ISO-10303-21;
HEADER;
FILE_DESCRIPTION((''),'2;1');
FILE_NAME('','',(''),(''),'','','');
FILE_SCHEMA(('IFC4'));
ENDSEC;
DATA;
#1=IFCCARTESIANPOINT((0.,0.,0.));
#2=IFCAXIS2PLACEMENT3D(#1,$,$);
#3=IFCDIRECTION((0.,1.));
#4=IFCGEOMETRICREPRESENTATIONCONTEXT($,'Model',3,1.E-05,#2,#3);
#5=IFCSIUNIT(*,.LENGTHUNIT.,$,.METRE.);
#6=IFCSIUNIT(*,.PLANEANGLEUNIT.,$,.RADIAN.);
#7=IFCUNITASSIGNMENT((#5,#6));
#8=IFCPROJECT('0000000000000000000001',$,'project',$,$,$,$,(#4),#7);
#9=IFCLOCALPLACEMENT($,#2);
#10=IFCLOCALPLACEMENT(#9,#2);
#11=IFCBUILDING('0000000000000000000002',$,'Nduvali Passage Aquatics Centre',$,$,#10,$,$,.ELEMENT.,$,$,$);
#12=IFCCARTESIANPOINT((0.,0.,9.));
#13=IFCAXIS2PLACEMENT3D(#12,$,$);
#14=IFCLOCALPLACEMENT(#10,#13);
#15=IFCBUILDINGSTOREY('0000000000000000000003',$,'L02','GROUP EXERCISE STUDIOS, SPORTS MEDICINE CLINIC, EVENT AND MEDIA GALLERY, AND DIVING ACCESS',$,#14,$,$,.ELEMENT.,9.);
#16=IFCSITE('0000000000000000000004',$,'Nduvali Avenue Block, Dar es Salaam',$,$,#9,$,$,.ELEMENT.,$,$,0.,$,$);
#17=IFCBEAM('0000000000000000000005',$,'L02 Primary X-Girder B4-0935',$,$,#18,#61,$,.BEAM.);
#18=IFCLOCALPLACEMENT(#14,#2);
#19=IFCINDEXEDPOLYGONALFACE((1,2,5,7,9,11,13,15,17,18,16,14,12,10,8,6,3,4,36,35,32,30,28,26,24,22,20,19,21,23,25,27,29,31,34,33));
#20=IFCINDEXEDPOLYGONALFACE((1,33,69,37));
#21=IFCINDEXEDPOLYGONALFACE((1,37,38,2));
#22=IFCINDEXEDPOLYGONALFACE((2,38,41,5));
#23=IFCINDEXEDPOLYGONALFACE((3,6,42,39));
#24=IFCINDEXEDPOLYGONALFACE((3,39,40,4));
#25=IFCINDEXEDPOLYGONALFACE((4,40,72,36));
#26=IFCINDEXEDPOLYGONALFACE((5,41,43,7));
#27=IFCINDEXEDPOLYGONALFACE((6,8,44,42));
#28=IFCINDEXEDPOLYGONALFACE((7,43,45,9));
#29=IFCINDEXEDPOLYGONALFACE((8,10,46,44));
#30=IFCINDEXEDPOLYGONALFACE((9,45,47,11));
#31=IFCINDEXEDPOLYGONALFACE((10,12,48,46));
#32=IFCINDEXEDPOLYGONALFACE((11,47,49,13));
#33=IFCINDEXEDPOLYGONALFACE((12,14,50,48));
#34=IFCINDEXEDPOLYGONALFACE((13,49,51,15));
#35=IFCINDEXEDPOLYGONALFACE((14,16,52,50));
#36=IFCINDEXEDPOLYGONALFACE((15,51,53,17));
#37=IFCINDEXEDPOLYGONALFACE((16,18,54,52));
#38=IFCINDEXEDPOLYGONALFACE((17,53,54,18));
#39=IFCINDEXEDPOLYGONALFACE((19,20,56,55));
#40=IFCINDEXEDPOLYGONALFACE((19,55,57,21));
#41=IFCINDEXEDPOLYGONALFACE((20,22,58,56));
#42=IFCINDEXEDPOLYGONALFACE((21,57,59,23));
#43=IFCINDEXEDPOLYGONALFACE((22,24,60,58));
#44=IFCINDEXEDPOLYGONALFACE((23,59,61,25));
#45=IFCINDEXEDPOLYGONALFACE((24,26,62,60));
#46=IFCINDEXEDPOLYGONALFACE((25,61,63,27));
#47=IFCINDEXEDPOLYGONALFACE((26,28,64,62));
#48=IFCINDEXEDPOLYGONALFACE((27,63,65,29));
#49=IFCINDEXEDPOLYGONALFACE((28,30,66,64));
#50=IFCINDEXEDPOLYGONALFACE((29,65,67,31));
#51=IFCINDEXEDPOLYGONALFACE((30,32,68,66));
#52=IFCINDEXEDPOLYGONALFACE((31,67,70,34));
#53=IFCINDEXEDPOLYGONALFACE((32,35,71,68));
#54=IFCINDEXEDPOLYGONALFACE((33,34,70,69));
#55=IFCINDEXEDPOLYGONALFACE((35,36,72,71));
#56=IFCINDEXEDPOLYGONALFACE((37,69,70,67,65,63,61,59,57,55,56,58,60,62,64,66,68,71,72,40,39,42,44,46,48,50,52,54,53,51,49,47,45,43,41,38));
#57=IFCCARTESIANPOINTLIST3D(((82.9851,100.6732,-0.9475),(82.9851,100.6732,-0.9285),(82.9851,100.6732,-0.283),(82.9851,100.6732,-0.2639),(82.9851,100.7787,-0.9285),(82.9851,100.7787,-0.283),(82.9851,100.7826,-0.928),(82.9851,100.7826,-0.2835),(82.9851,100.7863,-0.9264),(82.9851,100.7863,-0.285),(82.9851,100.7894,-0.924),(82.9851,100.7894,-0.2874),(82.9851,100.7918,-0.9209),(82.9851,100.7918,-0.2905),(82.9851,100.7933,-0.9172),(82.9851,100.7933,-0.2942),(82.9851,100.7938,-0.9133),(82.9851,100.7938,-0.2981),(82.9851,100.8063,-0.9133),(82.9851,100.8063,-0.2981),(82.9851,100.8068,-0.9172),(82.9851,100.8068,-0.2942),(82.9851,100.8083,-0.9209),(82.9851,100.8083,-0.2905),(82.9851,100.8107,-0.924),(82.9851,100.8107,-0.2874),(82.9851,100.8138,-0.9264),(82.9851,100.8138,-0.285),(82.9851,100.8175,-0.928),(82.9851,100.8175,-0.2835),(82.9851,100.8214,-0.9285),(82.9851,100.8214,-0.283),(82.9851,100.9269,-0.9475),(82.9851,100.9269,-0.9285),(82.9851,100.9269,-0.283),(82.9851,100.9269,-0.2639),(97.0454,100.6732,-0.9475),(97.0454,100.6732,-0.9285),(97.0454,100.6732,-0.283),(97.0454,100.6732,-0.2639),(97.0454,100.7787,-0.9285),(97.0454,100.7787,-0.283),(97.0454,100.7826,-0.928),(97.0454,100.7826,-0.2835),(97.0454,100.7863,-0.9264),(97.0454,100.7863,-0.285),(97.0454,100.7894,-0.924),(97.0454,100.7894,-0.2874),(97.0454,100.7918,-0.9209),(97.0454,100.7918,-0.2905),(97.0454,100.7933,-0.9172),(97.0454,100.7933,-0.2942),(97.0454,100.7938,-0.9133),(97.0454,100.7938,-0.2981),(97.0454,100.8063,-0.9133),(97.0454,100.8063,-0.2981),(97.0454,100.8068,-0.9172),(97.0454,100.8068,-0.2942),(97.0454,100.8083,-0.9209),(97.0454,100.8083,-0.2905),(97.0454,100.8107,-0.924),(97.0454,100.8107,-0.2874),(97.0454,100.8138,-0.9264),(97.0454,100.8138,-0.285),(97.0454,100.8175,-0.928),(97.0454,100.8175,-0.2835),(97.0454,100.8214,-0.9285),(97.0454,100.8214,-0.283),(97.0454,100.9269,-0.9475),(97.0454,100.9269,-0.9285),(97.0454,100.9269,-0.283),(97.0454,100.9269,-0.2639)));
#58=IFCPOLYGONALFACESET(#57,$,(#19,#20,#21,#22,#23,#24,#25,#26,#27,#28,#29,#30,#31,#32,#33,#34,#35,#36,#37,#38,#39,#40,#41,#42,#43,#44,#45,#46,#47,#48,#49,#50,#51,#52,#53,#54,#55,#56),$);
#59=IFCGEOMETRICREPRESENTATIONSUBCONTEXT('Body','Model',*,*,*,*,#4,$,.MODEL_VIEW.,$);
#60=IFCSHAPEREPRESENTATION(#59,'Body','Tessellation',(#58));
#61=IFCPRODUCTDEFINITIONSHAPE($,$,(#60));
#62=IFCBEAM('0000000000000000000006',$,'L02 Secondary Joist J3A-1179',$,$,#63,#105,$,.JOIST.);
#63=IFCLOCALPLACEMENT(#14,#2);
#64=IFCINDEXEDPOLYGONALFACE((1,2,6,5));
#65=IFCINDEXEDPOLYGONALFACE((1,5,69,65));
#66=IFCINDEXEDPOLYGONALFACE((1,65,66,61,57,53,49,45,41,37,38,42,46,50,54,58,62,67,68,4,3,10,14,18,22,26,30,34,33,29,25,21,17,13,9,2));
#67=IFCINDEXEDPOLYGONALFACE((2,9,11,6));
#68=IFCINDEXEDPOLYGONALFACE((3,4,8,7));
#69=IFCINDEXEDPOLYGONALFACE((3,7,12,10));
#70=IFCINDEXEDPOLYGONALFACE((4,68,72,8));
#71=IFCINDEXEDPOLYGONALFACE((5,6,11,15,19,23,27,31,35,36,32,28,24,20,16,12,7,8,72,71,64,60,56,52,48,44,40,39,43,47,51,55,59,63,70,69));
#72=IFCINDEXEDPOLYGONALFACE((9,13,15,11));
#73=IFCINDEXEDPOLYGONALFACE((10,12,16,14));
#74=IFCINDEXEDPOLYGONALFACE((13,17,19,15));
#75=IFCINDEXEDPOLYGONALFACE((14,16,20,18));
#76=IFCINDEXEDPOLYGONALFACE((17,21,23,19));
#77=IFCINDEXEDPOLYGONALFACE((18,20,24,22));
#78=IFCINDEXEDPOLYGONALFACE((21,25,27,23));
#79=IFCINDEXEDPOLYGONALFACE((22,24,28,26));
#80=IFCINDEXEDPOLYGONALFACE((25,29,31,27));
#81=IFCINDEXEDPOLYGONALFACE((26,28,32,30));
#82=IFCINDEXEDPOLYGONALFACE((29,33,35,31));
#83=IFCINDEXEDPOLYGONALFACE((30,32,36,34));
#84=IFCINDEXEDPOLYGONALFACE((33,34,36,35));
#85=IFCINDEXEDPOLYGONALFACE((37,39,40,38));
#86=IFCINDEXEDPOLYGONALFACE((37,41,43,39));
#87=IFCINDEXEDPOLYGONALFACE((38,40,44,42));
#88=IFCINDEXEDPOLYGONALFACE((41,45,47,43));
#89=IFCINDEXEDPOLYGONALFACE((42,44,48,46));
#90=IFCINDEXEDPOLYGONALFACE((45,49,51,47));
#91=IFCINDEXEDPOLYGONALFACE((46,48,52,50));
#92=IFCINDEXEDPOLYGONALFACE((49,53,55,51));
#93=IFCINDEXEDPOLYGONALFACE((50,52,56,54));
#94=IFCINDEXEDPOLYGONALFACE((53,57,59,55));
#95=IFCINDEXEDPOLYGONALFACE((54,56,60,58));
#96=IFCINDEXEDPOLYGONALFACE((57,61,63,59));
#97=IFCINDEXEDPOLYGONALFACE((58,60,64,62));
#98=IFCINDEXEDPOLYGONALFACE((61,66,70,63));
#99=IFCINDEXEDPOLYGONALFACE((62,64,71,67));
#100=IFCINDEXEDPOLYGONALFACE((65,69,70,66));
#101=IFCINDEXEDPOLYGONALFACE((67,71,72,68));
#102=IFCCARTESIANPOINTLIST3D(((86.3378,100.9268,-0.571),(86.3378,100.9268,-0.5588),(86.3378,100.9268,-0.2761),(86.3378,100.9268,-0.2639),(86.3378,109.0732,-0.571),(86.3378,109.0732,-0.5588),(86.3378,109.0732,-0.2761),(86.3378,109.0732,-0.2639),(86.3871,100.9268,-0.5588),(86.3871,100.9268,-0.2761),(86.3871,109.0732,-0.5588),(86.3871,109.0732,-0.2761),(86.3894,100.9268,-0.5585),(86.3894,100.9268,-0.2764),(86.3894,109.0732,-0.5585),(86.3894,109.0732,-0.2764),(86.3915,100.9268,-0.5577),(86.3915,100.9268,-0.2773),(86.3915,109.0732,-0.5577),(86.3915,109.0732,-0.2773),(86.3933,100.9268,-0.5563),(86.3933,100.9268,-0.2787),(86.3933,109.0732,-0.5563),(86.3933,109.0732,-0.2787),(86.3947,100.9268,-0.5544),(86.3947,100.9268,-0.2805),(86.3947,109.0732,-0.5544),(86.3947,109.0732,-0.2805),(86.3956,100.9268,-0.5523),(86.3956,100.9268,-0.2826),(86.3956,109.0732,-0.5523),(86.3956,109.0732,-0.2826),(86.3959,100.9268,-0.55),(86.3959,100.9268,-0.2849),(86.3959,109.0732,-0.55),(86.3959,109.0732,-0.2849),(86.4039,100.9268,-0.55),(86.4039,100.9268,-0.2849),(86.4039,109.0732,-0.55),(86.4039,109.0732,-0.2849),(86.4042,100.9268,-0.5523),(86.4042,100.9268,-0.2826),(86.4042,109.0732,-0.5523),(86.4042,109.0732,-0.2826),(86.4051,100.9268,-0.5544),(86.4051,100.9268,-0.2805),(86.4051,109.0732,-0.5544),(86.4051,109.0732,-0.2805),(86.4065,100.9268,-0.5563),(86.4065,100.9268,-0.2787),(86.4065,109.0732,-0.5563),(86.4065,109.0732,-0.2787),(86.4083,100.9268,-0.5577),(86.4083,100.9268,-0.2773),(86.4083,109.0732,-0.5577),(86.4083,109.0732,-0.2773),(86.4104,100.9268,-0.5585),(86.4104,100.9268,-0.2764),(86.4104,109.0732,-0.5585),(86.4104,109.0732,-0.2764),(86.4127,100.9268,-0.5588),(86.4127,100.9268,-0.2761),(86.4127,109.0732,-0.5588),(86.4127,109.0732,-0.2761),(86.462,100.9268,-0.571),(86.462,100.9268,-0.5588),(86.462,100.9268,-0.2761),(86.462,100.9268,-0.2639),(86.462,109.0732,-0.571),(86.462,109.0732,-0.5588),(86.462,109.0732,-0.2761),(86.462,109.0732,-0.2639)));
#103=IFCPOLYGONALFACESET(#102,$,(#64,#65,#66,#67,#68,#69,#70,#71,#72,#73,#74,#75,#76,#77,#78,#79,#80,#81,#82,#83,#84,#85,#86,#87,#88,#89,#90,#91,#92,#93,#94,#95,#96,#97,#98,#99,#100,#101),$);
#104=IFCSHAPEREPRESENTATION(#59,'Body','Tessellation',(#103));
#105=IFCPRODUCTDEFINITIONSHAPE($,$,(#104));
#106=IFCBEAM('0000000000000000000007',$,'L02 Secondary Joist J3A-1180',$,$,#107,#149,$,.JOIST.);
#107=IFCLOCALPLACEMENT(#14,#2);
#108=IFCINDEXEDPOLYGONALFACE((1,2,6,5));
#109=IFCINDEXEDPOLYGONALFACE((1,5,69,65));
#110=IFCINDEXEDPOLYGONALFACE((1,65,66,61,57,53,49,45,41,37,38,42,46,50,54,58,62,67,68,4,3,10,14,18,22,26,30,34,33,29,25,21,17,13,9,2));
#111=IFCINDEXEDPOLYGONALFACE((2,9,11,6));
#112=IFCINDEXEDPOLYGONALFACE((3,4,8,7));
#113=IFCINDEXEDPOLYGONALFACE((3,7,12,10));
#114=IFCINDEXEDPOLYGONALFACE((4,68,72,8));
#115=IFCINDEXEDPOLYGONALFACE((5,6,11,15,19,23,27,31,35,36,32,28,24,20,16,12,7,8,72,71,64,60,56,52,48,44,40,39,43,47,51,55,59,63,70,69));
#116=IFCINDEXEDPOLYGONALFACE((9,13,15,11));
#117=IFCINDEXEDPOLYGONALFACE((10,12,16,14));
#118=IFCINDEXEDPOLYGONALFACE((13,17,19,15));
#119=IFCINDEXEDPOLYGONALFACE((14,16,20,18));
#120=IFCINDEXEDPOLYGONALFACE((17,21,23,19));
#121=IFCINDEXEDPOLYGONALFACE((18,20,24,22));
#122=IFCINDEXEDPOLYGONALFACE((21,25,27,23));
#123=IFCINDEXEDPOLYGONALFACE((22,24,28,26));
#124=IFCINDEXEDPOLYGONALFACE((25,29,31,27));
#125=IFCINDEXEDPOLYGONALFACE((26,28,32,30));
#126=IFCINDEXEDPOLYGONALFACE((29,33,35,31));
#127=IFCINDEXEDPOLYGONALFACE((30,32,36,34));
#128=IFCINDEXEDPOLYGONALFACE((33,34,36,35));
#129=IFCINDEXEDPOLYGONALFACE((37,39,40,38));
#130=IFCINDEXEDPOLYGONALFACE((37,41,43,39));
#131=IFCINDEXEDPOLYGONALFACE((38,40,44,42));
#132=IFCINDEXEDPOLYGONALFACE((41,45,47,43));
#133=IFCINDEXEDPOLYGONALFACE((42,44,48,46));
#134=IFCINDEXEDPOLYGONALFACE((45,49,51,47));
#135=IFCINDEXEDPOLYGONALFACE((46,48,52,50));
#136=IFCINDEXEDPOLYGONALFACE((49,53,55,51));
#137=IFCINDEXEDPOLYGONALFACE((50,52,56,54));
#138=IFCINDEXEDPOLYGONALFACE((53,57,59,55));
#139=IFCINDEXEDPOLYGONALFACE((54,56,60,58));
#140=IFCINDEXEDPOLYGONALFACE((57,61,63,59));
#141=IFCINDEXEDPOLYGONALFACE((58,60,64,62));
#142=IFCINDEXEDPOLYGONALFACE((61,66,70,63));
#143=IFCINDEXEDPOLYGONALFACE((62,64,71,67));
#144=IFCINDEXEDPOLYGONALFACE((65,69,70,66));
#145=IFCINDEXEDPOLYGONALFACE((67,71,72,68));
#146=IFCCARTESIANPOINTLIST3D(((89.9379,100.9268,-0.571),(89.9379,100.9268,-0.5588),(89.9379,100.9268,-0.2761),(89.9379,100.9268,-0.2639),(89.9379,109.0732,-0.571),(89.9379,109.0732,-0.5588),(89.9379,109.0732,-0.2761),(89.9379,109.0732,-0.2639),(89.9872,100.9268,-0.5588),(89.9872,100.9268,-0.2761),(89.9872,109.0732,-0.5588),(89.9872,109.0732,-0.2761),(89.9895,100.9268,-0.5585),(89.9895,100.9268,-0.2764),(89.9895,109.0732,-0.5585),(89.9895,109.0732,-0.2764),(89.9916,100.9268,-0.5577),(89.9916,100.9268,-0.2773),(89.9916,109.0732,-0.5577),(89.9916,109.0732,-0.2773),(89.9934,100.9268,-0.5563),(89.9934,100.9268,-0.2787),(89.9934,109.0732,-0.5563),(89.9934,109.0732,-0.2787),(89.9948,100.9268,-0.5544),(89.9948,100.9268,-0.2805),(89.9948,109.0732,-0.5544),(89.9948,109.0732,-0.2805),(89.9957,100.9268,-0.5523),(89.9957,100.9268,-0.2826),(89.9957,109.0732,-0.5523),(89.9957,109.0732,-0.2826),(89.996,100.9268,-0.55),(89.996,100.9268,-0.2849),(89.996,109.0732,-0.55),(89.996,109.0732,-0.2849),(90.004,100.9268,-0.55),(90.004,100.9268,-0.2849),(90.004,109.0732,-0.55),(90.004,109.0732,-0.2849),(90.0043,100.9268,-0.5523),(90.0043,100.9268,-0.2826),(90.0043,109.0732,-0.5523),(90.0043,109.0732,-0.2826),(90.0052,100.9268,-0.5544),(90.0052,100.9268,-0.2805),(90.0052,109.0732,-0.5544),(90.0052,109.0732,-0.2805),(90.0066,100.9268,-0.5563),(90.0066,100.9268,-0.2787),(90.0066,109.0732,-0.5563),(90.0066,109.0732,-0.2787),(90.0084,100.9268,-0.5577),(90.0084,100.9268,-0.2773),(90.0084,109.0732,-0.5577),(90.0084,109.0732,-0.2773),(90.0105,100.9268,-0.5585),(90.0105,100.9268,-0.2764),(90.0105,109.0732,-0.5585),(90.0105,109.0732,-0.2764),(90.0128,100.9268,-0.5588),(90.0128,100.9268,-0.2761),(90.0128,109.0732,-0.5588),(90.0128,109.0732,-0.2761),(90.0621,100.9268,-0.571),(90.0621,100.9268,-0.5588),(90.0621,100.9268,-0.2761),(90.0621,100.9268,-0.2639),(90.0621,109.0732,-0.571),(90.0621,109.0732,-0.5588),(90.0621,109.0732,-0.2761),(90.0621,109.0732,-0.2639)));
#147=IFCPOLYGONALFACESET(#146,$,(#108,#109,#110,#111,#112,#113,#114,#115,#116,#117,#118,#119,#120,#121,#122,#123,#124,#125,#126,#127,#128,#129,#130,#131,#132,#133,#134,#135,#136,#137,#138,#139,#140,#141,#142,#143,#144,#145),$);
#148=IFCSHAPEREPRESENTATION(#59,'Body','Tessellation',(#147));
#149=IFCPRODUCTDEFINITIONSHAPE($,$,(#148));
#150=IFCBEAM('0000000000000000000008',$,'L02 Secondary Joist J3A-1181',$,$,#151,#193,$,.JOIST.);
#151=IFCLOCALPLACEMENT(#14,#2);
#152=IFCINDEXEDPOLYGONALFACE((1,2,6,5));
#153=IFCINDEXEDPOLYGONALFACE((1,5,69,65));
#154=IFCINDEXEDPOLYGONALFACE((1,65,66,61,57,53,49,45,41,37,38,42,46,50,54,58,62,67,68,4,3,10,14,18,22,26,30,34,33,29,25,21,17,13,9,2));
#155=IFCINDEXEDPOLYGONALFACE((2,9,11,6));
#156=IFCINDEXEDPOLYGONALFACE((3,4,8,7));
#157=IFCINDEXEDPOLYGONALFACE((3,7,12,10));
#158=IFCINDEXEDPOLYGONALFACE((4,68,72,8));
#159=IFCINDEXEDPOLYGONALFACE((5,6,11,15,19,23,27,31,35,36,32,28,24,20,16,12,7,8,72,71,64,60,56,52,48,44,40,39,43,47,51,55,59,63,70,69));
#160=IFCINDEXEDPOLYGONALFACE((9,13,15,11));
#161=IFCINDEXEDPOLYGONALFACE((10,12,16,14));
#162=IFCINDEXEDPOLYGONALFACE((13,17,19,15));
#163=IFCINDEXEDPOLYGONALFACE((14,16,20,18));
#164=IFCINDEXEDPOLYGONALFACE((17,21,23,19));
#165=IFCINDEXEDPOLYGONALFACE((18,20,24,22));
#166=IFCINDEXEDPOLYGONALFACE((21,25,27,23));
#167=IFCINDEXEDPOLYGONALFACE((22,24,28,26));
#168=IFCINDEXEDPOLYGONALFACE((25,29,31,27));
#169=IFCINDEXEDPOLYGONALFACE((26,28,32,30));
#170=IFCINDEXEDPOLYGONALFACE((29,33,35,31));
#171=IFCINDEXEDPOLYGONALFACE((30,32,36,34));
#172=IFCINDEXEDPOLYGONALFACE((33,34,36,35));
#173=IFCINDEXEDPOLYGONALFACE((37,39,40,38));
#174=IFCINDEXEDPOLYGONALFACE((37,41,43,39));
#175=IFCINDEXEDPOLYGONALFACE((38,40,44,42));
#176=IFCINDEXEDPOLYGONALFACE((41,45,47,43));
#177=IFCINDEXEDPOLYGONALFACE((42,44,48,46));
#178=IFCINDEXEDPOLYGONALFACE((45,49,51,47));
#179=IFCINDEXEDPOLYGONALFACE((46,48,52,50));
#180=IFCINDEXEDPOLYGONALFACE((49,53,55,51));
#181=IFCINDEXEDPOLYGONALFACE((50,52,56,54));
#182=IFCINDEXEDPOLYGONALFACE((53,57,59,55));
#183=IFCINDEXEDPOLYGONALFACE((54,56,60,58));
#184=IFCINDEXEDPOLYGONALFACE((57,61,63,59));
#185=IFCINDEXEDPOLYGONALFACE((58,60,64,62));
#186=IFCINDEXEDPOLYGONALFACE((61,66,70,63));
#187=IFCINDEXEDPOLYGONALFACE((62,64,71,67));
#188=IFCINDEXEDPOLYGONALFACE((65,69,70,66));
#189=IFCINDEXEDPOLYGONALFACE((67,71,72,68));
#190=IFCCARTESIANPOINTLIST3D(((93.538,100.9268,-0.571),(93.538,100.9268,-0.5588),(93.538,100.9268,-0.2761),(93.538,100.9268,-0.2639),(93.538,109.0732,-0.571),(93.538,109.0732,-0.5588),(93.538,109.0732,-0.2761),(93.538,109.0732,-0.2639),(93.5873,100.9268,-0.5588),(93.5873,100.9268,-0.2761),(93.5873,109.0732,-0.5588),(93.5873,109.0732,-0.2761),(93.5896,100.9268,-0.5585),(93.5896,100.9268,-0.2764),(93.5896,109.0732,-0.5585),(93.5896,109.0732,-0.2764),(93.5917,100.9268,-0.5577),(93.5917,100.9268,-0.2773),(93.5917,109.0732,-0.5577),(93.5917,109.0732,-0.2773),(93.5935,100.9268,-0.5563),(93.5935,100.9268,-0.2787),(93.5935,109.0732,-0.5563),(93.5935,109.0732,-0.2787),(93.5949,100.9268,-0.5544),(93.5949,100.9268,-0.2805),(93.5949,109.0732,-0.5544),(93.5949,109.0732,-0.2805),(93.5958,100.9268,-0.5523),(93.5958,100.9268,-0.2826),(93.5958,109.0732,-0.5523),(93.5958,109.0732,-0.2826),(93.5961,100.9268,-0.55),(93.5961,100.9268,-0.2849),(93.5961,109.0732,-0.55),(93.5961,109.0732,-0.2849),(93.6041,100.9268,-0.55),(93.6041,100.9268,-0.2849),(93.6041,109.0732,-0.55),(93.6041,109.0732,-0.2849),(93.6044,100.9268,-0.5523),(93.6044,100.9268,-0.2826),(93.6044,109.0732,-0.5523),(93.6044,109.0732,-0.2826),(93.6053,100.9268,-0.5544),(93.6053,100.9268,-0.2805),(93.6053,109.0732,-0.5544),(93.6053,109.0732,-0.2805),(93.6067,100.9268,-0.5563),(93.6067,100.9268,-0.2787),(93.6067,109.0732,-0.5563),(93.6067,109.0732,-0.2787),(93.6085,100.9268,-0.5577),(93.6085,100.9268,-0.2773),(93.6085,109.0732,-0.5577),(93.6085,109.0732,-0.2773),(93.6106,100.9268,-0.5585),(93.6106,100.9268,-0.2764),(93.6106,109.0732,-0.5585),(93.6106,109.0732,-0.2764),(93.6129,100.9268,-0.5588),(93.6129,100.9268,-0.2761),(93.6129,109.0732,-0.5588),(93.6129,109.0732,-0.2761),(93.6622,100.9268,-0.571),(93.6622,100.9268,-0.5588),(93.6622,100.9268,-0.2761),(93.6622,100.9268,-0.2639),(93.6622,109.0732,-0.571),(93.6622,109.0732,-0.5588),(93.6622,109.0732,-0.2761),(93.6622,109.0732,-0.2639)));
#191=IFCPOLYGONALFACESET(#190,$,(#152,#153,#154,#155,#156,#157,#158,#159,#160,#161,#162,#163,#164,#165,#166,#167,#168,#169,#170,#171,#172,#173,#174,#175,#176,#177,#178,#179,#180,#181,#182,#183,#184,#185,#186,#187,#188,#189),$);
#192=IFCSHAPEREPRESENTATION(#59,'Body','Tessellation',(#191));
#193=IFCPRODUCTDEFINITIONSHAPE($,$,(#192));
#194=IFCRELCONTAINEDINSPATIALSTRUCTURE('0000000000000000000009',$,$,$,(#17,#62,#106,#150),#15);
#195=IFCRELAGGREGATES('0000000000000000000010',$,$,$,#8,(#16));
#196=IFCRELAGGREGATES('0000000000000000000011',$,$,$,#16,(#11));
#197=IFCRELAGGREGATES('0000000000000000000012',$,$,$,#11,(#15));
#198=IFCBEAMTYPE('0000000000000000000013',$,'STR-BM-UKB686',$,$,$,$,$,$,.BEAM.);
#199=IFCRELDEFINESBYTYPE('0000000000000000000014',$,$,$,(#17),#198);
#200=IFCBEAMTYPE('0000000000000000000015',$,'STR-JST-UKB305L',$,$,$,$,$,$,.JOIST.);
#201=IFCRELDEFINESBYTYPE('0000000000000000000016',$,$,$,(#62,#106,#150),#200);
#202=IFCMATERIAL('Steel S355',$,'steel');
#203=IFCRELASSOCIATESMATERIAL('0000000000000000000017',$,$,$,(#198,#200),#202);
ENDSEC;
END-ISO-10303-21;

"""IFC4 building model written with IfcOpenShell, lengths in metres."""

from ifc_helpers import new_model, si_unit, direction, frame, origin, origin_2d, place, context, subcontext, project, spatial, i_section, extrude, material, material_profile, profile_set, type_object, element, save


model = new_model("IFC4")

# Units and contexts
model_context = context("Model", 3, precision=1e-05, world=origin(), true_north=direction((0.0, 1.0)))
body_context = subcontext(model_context, "Body", "Model", "MODEL_VIEW")
ifc_project = project(units=[si_unit("LENGTHUNIT", "METRE"), si_unit("PLANEANGLEUNIT", "RADIAN")], contexts=[model_context])

# Site, building, storey
site_placement = place(None, origin())
site = spatial("IfcSite", under=ifc_project, at=site_placement, Name="Nduvali Avenue Block, Dar es Salaam", CompositionType="ELEMENT", RefElevation=0.0)
building_placement = place(site_placement, origin())
building = spatial("IfcBuilding", under=site, at=building_placement, Name="Nduvali Passage Aquatics Centre", CompositionType="ELEMENT")
storey_placement = place(building_placement, frame((0.0, 0.0, 9.0)))
storey = spatial("IfcBuildingStorey", under=building, at=storey_placement, Name="L02", Description="GROUP EXERCISE STUDIOS, SPORTS MEDICINE CLINIC, EVENT AND MEDIA GALLERY, AND DIVING ACCESS", CompositionType="ELEMENT", Elevation=9.0)

# Shared definitions
ifc_material_1 = material(Name="Steel S355", Category="steel")

# Beams
ifc_material_profile_1 = material_profile(ifc_material_1, i_section(OverallWidth=0.2537, OverallDepth=0.6836, WebThickness=0.0125, FlangeThickness=0.019, FilletRadius=0.0151, at=origin_2d()), Name="UKB 686x254x140")
ifc_profile_set_1 = profile_set([ifc_material_profile_1], Name="Steel S355")
beam_type_1 = type_object("IfcBeamType", Name="STR-BM-UKB686", PredefinedType="BEAM", material=ifc_profile_set_1)
beam_1_placement = place(storey_placement, frame((82.9851, 100.8, -0.6057), z_axis=(1.0, 0.0, 0.0), x_axis=(0.0, 1.0, 0.0)))
element("IfcBeam", 1, at=beam_1_placement, inside=storey, type_object=beam_type_1, Name="L02 Primary X-Girder B4-0935", PredefinedType="BEAM", context=body_context, shape_type="SweptSolid", body=[
    extrude(i_section(OverallWidth=0.2537, OverallDepth=0.6836, WebThickness=0.0125, FlangeThickness=0.019, FilletRadius=0.0151, at=origin_2d()), origin(), (0.0, 0.0, 1.0), 14.0603),
])
ifc_material_profile_2 = material_profile(ifc_material_1, i_section(OverallWidth=0.1243, OverallDepth=0.3071, WebThickness=0.0081, FlangeThickness=0.0122, FilletRadius=0.0088, at=origin_2d()), Name="UKB 305x127x42")
ifc_profile_set_2 = profile_set([ifc_material_profile_2], Name="Steel S355")
beam_type_2 = type_object("IfcBeamType", Name="STR-JST-UKB305L", PredefinedType="JOIST", material=ifc_profile_set_2)
for number, where, z_axis, x_axis, name in (
    (2, (86.3999, 100.9268, -0.4175), (0.0, 1.0, 0.0), (-1.0, 0.0, 0.0), "L02 Secondary Joist J3A-1179"),
    (3, (90.0, 100.9268, -0.4175), (0.0, 1.0, 0.0), (-1.0, 0.0, 0.0), "L02 Secondary Joist J3A-1180"),
    (4, (93.6001, 100.9268, -0.4175), (0.0, 1.0, 0.0), (-1.0, 0.0, 0.0), "L02 Secondary Joist J3A-1181"),
):
    element("IfcBeam", number, at=place(storey_placement, frame(where, z_axis=z_axis, x_axis=x_axis)), inside=storey, type_object=beam_type_2, Name=name, PredefinedType="JOIST", context=body_context, shape_type="SweptSolid", body=[
        extrude(i_section(OverallWidth=0.1243, OverallDepth=0.3071, WebThickness=0.0081, FlangeThickness=0.0122, FilletRadius=0.0088, at=origin_2d()), origin(), (0.0, 0.0, 1.0), 8.1465),
    ])

save(model, "model.ifc")
